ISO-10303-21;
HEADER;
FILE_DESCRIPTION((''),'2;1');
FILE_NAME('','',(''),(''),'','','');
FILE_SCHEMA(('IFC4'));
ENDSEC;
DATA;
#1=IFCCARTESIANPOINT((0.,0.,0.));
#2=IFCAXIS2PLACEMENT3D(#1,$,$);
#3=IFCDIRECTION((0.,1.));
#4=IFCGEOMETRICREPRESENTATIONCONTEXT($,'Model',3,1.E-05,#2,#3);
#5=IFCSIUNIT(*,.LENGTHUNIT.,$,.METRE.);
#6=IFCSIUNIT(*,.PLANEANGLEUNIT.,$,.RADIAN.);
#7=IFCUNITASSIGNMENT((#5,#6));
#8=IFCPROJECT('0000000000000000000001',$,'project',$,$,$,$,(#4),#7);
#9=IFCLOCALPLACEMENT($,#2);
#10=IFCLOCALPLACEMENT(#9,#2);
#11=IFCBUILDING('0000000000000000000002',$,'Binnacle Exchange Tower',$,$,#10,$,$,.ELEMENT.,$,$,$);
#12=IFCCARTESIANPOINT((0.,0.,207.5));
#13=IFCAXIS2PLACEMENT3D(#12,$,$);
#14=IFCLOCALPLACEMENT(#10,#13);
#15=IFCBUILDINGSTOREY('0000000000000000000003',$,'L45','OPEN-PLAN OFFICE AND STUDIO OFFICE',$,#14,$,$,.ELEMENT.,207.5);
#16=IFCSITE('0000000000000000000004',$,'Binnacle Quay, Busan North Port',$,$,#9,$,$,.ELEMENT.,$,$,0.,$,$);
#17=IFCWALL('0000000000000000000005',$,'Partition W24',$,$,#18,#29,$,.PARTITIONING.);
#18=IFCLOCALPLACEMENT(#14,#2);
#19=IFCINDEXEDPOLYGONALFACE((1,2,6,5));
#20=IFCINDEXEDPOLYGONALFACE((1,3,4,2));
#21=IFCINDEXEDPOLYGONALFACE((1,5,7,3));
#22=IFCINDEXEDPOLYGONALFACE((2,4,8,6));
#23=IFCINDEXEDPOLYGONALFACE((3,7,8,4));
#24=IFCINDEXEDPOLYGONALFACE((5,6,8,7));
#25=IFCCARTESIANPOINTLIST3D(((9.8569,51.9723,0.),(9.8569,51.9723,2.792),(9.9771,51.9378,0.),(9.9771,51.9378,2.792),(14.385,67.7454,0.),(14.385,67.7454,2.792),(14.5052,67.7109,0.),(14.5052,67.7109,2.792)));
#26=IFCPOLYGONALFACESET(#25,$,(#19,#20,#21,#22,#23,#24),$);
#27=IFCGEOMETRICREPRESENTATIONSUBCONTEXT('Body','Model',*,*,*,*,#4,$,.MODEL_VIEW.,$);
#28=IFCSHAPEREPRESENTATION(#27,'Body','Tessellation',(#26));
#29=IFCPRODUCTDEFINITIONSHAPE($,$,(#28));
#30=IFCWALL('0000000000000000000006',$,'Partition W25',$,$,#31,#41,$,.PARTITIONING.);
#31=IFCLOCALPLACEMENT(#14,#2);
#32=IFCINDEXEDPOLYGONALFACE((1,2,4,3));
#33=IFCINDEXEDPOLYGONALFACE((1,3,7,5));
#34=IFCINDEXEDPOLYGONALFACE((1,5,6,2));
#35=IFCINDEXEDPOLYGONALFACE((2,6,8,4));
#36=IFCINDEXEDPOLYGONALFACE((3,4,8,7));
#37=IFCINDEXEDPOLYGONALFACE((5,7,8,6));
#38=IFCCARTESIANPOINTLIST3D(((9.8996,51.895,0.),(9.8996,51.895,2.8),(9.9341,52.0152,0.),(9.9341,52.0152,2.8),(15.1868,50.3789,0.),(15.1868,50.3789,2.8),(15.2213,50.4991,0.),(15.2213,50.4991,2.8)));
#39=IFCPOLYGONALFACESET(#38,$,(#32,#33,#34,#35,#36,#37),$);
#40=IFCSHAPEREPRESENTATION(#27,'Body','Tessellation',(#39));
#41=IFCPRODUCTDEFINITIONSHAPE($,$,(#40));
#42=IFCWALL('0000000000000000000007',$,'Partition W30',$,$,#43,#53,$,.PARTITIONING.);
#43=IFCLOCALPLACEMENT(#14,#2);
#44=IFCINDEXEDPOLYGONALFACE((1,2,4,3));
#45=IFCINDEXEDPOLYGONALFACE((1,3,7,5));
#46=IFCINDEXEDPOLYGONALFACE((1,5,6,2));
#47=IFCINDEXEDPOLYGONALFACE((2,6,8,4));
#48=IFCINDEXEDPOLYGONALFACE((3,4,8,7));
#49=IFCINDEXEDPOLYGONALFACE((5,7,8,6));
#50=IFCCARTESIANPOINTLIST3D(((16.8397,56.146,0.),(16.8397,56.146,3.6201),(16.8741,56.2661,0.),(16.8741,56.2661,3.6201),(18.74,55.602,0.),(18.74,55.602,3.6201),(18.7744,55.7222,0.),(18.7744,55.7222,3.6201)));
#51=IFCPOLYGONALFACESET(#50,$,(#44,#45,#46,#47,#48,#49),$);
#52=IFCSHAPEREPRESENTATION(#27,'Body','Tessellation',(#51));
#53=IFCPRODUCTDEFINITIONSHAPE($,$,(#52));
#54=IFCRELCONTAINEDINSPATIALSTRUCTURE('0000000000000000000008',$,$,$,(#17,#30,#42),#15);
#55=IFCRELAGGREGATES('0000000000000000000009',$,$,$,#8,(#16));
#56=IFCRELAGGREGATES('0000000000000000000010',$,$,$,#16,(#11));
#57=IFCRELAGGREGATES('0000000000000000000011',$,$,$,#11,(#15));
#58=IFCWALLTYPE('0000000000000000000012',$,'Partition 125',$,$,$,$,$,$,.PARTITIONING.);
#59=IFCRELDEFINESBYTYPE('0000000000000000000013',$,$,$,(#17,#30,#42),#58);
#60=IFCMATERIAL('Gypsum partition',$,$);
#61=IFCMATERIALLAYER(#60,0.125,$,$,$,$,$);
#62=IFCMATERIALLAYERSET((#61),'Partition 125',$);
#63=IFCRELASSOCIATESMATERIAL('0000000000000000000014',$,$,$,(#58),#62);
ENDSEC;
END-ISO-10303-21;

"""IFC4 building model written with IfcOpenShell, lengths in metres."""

from ifc_helpers import new_model, si_unit, direction, frame, frame_2d, origin, place, context, subcontext, project, spatial, rectangle, extrude, material, layer, layer_set, type_object, element, save


model = new_model("IFC4")

# Units and contexts
model_context = context("Model", 3, precision=1e-05, world=origin(), true_north=direction((0.0, 1.0)))
body_context = subcontext(model_context, "Body", "Model", "MODEL_VIEW")
ifc_project = project(units=[si_unit("LENGTHUNIT", "METRE"), si_unit("PLANEANGLEUNIT", "RADIAN")], contexts=[model_context])

# Site, building, storey
site_placement = place(None, origin())
site = spatial("IfcSite", under=ifc_project, at=site_placement, Name="Binnacle Quay, Busan North Port", CompositionType="ELEMENT", RefElevation=0.0)
building_placement = place(site_placement, origin())
building = spatial("IfcBuilding", under=site, at=building_placement, Name="Binnacle Exchange Tower", CompositionType="ELEMENT")
storey_placement = place(building_placement, frame((0.0, 0.0, 207.5)))
storey = spatial("IfcBuildingStorey", under=building, at=storey_placement, Name="L45", Description="OPEN-PLAN OFFICE AND STUDIO OFFICE", CompositionType="ELEMENT", Elevation=207.5)

# Shared definitions
ifc_material_1 = material(Name="Gypsum partition")
ifc_layer_1 = layer(ifc_material_1, 0.125)
ifc_layer_set_1 = layer_set([ifc_layer_1], Name="Partition 125")
wall_type_1 = type_object("IfcWallType", Name="Partition 125", PredefinedType="PARTITIONING", material=ifc_layer_set_1)

# Walls
wall_1_placement = place(storey_placement, frame((9.917, 51.9551, 0.0), z_axis=(0.0, 0.0, 1.0), x_axis=(0.275933, 0.961177, 0.0)))
element("IfcWall", 1, at=wall_1_placement, inside=storey, type_object=wall_type_1, Name="Partition W24", PredefinedType="PARTITIONING", context=body_context, shape_type="SweptSolid", body=[
    extrude(rectangle(XDim=16.4102, YDim=0.125, at=frame_2d((8.2051, 0.0))), origin(), (0.0, 0.0, 1.0), 2.792),
])
wall_2_placement = place(storey_placement, frame((9.917, 51.9551, 0.0), z_axis=(0.0, 0.0, 1.0), x_axis=(0.961259, -0.275647, 0.0)))
element("IfcWall", 2, at=wall_2_placement, inside=storey, type_object=wall_type_1, Name="Partition W25", PredefinedType="PARTITIONING", context=body_context, shape_type="SweptSolid", body=[
    extrude(rectangle(XDim=5.5002, YDim=0.125, at=frame_2d((2.75, 0.0))), origin(), (0.0, 0.0, 1.0), 2.8),
])
wall_3_placement = place(storey_placement, frame((16.8569, 56.2061, 0.0), z_axis=(0.0, 0.0, 1.0), x_axis=(0.961384, -0.275211, 0.0)))
element("IfcWall", 3, at=wall_3_placement, inside=storey, type_object=wall_type_1, Name="Partition W30", PredefinedType="PARTITIONING", context=body_context, shape_type="SweptSolid", body=[
    extrude(rectangle(XDim=1.9766, YDim=0.125, at=frame_2d((0.9883, 0.0))), origin(), (0.0, 0.0, 1.0), 3.6201),
])

save(model, "model.ifc")
